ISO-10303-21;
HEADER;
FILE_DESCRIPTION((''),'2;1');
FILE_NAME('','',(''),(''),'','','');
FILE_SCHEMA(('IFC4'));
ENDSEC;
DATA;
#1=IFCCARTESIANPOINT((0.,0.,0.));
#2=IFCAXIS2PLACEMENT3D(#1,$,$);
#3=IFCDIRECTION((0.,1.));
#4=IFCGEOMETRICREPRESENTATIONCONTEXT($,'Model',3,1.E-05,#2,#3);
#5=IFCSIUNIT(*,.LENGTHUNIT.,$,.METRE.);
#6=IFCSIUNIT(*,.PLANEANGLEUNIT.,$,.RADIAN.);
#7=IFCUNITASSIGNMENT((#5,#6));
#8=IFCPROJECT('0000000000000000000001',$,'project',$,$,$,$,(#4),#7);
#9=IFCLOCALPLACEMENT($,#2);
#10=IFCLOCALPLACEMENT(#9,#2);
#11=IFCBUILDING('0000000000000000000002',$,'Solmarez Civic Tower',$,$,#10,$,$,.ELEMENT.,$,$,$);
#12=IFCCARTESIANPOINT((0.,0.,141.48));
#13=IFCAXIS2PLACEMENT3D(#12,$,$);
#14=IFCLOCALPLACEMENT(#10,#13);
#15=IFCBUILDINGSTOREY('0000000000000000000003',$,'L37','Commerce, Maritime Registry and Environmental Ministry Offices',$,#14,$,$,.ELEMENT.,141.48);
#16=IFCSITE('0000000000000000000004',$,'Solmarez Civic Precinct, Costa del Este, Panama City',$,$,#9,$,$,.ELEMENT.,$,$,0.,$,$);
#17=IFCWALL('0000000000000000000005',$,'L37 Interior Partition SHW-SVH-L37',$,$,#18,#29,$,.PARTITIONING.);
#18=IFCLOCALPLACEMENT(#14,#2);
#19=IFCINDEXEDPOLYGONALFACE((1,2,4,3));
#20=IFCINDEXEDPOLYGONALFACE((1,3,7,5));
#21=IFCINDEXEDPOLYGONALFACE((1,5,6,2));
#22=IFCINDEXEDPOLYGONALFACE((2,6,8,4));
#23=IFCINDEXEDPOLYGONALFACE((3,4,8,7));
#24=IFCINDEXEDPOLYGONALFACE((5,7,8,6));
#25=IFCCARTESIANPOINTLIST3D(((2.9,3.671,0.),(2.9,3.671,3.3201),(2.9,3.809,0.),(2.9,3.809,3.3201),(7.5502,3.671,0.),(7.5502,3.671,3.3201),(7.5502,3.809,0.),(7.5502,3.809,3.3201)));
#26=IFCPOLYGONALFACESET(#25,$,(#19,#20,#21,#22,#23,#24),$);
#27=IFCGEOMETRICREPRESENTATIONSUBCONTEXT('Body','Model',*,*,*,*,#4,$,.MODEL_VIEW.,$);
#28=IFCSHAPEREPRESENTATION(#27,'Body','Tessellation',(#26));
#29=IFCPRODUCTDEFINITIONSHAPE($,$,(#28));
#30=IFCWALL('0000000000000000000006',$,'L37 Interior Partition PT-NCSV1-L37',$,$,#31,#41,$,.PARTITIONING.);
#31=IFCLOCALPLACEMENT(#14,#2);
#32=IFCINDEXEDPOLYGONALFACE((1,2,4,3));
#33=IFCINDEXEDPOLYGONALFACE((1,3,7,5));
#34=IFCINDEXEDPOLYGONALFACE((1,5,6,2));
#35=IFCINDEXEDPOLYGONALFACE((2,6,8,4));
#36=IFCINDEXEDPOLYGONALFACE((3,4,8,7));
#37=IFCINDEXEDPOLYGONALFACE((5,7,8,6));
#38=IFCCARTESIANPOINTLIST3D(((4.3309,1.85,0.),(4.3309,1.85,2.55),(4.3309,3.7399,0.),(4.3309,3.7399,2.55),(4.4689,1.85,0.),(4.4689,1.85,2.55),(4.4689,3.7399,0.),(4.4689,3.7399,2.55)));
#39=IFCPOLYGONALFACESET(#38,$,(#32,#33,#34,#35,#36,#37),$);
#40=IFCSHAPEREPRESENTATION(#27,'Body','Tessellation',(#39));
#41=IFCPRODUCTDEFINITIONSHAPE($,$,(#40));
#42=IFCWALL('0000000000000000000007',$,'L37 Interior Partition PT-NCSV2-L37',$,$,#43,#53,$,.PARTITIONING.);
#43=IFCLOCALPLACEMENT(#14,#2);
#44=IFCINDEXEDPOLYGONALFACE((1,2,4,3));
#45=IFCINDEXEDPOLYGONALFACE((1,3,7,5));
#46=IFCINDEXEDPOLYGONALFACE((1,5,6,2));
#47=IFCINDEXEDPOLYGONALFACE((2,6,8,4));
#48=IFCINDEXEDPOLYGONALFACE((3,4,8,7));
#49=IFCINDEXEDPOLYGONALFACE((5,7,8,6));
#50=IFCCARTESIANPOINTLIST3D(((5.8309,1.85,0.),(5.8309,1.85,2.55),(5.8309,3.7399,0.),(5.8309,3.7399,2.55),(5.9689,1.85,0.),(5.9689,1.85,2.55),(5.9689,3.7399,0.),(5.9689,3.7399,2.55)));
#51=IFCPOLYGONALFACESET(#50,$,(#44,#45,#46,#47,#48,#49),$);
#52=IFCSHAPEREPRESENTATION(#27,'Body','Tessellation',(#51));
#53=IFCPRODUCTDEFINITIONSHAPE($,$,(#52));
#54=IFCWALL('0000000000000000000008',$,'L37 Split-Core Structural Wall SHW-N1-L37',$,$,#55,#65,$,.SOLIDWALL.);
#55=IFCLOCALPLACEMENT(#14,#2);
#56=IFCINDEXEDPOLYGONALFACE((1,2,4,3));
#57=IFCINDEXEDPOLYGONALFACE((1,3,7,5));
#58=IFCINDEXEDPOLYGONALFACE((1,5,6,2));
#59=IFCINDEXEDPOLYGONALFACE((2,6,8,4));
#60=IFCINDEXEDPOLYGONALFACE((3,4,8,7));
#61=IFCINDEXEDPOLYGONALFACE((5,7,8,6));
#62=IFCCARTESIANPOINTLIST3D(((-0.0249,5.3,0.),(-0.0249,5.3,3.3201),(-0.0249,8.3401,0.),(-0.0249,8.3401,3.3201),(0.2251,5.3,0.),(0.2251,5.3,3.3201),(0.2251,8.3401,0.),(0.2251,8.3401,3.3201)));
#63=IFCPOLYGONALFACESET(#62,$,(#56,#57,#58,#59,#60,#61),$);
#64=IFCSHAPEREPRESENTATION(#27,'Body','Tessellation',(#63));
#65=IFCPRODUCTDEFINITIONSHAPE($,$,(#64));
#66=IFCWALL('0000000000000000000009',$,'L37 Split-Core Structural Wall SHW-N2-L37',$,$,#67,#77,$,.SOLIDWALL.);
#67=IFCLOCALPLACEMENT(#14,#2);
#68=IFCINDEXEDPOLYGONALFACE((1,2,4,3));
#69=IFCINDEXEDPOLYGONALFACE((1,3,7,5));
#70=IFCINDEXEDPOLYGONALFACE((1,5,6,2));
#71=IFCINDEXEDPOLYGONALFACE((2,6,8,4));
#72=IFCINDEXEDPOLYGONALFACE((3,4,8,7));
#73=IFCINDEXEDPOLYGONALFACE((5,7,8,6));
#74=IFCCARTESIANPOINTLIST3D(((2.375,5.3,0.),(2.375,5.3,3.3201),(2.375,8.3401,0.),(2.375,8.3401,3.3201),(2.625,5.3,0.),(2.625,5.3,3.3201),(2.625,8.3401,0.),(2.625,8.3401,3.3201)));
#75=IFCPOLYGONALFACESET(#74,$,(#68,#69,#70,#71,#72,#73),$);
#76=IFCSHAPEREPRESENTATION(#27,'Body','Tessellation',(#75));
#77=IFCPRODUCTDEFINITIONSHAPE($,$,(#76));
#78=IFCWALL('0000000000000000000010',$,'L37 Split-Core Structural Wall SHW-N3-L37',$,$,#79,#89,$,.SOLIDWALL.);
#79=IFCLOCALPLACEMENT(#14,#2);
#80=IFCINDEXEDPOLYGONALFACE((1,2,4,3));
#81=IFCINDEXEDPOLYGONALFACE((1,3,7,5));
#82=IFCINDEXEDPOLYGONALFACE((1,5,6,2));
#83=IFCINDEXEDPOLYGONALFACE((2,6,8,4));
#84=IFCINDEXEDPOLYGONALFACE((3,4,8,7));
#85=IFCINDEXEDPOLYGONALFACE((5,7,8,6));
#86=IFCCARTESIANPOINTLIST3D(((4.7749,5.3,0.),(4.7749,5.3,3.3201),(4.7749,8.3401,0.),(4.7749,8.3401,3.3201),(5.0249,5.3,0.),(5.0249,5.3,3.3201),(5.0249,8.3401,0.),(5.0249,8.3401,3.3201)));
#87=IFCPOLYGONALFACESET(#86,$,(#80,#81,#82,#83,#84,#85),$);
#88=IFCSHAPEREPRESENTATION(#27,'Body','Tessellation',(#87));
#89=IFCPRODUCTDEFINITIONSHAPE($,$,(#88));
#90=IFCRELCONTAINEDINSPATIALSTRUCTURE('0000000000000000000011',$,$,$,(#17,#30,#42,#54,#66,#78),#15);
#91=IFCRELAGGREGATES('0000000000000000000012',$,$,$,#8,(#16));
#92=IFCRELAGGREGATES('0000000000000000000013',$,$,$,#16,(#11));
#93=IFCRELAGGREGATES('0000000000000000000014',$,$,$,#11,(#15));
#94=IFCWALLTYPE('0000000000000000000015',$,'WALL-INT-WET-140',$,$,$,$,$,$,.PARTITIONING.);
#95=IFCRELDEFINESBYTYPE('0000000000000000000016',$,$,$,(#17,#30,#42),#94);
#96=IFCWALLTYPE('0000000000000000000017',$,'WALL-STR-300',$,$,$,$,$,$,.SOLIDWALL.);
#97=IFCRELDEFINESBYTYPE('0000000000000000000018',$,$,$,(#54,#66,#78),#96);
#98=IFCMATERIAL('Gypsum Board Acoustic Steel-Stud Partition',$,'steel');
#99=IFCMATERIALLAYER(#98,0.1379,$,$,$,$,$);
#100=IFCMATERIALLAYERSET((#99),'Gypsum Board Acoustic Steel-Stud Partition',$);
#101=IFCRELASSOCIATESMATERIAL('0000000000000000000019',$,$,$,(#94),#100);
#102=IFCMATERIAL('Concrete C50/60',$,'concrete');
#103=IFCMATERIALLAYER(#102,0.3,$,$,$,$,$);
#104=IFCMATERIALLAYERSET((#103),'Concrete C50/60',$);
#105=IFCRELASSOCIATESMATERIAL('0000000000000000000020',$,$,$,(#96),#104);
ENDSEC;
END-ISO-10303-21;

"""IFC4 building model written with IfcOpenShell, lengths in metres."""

from ifc_helpers import new_model, si_unit, direction, frame, frame_2d, origin, place, context, subcontext, project, spatial, rectangle, extrude, material, layer, layer_set, type_object, element, save


model = new_model("IFC4")

# Units and contexts
model_context = context("Model", 3, precision=1e-05, world=origin(), true_north=direction((0.0, 1.0)))
body_context = subcontext(model_context, "Body", "Model", "MODEL_VIEW")
ifc_project = project(units=[si_unit("LENGTHUNIT", "METRE"), si_unit("PLANEANGLEUNIT", "RADIAN")], contexts=[model_context])

# Site, building, storey
site_placement = place(None, origin())
site = spatial("IfcSite", under=ifc_project, at=site_placement, Name="Solmarez Civic Precinct, Costa del Este, Panama City", CompositionType="ELEMENT", RefElevation=0.0)
building_placement = place(site_placement, origin())
building = spatial("IfcBuilding", under=site, at=building_placement, Name="Solmarez Civic Tower", CompositionType="ELEMENT")
storey_placement = place(building_placement, frame((0.0, 0.0, 141.48)))
storey = spatial("IfcBuildingStorey", under=building, at=storey_placement, Name="L37", Description="Commerce, Maritime Registry and Environmental Ministry Offices", CompositionType="ELEMENT", Elevation=141.48)

# Shared definitions
ifc_material_1 = material(Name="Concrete C50/60", Category="concrete")

# Shared definitions
ifc_material_2 = material(Name="Gypsum Board Acoustic Steel-Stud Partition", Category="steel")

# Walls
ifc_layer_1 = layer(ifc_material_2, 0.1379)
ifc_layer_set_1 = layer_set([ifc_layer_1], Name="Gypsum Board Acoustic Steel-Stud Partition")
wall_type_1 = type_object("IfcWallType", Name="WALL-INT-WET-140", PredefinedType="PARTITIONING", material=ifc_layer_set_1)
wall_1_placement = place(storey_placement, frame((2.8999, 3.74, 0.0), z_axis=(0.0, 0.0, 1.0), x_axis=(1.0, 0.0, 0.0)))
element("IfcWall", 1, at=wall_1_placement, inside=storey, type_object=wall_type_1, Name="L37 Interior Partition SHW-SVH-L37", PredefinedType="PARTITIONING", context=body_context, shape_type="SweptSolid", body=[
    extrude(rectangle(XDim=4.6501, YDim=0.1379, at=frame_2d((2.3252, 0.0))), origin(), (0.0, 0.0, 1.0), 3.3201),
])
for number, where, z_axis, x_axis, name in (
    (2, (4.3999, 1.8501, 0.0), (0.0, 0.0, 1.0), (0.0, 1.0, 0.0), "L37 Interior Partition PT-NCSV1-L37"),
    (3, (5.8999, 1.8501, 0.0), (0.0, 0.0, 1.0), (0.0, 1.0, 0.0), "L37 Interior Partition PT-NCSV2-L37"),
):
    element("IfcWall", number, at=place(storey_placement, frame(where, z_axis=z_axis, x_axis=x_axis)), inside=storey, type_object=wall_type_1, Name=name, PredefinedType="PARTITIONING", context=body_context, shape_type="SweptSolid", body=[
        extrude(rectangle(XDim=1.8899, YDim=0.1379, at=frame_2d((0.9448, 0.0))), origin(), (0.0, 0.0, 1.0), 2.55),
    ])

# Shared definitions
ifc_layer_2 = layer(ifc_material_1, 0.3)
ifc_layer_set_2 = layer_set([ifc_layer_2], Name="Concrete C50/60")
wall_type_2 = type_object("IfcWallType", Name="WALL-STR-300", PredefinedType="SOLIDWALL", material=ifc_layer_set_2)

# Walls
for number, where, z_axis, x_axis, name in (
    (4, (0.1001, 5.3, 0.0), (0.0, 0.0, 1.0), (0.0, 1.0, 0.0), "L37 Split-Core Structural Wall SHW-N1-L37"),
    (5, (2.5, 5.3, 0.0), (0.0, 0.0, 1.0), (0.0, 1.0, 0.0), "L37 Split-Core Structural Wall SHW-N2-L37"),
    (6, (4.8999, 5.3, 0.0), (0.0, 0.0, 1.0), (0.0, 1.0, 0.0), "L37 Split-Core Structural Wall SHW-N3-L37"),
):
    element("IfcWall", number, at=place(storey_placement, frame(where, z_axis=z_axis, x_axis=x_axis)), inside=storey, type_object=wall_type_2, Name=name, PredefinedType="SOLIDWALL", context=body_context, shape_type="SweptSolid", body=[
        extrude(rectangle(XDim=3.04, YDim=0.25, at=frame_2d((1.52, 0.0))), origin(), (0.0, 0.0, 1.0), 3.3201),
    ])

save(model, "model.ifc")
